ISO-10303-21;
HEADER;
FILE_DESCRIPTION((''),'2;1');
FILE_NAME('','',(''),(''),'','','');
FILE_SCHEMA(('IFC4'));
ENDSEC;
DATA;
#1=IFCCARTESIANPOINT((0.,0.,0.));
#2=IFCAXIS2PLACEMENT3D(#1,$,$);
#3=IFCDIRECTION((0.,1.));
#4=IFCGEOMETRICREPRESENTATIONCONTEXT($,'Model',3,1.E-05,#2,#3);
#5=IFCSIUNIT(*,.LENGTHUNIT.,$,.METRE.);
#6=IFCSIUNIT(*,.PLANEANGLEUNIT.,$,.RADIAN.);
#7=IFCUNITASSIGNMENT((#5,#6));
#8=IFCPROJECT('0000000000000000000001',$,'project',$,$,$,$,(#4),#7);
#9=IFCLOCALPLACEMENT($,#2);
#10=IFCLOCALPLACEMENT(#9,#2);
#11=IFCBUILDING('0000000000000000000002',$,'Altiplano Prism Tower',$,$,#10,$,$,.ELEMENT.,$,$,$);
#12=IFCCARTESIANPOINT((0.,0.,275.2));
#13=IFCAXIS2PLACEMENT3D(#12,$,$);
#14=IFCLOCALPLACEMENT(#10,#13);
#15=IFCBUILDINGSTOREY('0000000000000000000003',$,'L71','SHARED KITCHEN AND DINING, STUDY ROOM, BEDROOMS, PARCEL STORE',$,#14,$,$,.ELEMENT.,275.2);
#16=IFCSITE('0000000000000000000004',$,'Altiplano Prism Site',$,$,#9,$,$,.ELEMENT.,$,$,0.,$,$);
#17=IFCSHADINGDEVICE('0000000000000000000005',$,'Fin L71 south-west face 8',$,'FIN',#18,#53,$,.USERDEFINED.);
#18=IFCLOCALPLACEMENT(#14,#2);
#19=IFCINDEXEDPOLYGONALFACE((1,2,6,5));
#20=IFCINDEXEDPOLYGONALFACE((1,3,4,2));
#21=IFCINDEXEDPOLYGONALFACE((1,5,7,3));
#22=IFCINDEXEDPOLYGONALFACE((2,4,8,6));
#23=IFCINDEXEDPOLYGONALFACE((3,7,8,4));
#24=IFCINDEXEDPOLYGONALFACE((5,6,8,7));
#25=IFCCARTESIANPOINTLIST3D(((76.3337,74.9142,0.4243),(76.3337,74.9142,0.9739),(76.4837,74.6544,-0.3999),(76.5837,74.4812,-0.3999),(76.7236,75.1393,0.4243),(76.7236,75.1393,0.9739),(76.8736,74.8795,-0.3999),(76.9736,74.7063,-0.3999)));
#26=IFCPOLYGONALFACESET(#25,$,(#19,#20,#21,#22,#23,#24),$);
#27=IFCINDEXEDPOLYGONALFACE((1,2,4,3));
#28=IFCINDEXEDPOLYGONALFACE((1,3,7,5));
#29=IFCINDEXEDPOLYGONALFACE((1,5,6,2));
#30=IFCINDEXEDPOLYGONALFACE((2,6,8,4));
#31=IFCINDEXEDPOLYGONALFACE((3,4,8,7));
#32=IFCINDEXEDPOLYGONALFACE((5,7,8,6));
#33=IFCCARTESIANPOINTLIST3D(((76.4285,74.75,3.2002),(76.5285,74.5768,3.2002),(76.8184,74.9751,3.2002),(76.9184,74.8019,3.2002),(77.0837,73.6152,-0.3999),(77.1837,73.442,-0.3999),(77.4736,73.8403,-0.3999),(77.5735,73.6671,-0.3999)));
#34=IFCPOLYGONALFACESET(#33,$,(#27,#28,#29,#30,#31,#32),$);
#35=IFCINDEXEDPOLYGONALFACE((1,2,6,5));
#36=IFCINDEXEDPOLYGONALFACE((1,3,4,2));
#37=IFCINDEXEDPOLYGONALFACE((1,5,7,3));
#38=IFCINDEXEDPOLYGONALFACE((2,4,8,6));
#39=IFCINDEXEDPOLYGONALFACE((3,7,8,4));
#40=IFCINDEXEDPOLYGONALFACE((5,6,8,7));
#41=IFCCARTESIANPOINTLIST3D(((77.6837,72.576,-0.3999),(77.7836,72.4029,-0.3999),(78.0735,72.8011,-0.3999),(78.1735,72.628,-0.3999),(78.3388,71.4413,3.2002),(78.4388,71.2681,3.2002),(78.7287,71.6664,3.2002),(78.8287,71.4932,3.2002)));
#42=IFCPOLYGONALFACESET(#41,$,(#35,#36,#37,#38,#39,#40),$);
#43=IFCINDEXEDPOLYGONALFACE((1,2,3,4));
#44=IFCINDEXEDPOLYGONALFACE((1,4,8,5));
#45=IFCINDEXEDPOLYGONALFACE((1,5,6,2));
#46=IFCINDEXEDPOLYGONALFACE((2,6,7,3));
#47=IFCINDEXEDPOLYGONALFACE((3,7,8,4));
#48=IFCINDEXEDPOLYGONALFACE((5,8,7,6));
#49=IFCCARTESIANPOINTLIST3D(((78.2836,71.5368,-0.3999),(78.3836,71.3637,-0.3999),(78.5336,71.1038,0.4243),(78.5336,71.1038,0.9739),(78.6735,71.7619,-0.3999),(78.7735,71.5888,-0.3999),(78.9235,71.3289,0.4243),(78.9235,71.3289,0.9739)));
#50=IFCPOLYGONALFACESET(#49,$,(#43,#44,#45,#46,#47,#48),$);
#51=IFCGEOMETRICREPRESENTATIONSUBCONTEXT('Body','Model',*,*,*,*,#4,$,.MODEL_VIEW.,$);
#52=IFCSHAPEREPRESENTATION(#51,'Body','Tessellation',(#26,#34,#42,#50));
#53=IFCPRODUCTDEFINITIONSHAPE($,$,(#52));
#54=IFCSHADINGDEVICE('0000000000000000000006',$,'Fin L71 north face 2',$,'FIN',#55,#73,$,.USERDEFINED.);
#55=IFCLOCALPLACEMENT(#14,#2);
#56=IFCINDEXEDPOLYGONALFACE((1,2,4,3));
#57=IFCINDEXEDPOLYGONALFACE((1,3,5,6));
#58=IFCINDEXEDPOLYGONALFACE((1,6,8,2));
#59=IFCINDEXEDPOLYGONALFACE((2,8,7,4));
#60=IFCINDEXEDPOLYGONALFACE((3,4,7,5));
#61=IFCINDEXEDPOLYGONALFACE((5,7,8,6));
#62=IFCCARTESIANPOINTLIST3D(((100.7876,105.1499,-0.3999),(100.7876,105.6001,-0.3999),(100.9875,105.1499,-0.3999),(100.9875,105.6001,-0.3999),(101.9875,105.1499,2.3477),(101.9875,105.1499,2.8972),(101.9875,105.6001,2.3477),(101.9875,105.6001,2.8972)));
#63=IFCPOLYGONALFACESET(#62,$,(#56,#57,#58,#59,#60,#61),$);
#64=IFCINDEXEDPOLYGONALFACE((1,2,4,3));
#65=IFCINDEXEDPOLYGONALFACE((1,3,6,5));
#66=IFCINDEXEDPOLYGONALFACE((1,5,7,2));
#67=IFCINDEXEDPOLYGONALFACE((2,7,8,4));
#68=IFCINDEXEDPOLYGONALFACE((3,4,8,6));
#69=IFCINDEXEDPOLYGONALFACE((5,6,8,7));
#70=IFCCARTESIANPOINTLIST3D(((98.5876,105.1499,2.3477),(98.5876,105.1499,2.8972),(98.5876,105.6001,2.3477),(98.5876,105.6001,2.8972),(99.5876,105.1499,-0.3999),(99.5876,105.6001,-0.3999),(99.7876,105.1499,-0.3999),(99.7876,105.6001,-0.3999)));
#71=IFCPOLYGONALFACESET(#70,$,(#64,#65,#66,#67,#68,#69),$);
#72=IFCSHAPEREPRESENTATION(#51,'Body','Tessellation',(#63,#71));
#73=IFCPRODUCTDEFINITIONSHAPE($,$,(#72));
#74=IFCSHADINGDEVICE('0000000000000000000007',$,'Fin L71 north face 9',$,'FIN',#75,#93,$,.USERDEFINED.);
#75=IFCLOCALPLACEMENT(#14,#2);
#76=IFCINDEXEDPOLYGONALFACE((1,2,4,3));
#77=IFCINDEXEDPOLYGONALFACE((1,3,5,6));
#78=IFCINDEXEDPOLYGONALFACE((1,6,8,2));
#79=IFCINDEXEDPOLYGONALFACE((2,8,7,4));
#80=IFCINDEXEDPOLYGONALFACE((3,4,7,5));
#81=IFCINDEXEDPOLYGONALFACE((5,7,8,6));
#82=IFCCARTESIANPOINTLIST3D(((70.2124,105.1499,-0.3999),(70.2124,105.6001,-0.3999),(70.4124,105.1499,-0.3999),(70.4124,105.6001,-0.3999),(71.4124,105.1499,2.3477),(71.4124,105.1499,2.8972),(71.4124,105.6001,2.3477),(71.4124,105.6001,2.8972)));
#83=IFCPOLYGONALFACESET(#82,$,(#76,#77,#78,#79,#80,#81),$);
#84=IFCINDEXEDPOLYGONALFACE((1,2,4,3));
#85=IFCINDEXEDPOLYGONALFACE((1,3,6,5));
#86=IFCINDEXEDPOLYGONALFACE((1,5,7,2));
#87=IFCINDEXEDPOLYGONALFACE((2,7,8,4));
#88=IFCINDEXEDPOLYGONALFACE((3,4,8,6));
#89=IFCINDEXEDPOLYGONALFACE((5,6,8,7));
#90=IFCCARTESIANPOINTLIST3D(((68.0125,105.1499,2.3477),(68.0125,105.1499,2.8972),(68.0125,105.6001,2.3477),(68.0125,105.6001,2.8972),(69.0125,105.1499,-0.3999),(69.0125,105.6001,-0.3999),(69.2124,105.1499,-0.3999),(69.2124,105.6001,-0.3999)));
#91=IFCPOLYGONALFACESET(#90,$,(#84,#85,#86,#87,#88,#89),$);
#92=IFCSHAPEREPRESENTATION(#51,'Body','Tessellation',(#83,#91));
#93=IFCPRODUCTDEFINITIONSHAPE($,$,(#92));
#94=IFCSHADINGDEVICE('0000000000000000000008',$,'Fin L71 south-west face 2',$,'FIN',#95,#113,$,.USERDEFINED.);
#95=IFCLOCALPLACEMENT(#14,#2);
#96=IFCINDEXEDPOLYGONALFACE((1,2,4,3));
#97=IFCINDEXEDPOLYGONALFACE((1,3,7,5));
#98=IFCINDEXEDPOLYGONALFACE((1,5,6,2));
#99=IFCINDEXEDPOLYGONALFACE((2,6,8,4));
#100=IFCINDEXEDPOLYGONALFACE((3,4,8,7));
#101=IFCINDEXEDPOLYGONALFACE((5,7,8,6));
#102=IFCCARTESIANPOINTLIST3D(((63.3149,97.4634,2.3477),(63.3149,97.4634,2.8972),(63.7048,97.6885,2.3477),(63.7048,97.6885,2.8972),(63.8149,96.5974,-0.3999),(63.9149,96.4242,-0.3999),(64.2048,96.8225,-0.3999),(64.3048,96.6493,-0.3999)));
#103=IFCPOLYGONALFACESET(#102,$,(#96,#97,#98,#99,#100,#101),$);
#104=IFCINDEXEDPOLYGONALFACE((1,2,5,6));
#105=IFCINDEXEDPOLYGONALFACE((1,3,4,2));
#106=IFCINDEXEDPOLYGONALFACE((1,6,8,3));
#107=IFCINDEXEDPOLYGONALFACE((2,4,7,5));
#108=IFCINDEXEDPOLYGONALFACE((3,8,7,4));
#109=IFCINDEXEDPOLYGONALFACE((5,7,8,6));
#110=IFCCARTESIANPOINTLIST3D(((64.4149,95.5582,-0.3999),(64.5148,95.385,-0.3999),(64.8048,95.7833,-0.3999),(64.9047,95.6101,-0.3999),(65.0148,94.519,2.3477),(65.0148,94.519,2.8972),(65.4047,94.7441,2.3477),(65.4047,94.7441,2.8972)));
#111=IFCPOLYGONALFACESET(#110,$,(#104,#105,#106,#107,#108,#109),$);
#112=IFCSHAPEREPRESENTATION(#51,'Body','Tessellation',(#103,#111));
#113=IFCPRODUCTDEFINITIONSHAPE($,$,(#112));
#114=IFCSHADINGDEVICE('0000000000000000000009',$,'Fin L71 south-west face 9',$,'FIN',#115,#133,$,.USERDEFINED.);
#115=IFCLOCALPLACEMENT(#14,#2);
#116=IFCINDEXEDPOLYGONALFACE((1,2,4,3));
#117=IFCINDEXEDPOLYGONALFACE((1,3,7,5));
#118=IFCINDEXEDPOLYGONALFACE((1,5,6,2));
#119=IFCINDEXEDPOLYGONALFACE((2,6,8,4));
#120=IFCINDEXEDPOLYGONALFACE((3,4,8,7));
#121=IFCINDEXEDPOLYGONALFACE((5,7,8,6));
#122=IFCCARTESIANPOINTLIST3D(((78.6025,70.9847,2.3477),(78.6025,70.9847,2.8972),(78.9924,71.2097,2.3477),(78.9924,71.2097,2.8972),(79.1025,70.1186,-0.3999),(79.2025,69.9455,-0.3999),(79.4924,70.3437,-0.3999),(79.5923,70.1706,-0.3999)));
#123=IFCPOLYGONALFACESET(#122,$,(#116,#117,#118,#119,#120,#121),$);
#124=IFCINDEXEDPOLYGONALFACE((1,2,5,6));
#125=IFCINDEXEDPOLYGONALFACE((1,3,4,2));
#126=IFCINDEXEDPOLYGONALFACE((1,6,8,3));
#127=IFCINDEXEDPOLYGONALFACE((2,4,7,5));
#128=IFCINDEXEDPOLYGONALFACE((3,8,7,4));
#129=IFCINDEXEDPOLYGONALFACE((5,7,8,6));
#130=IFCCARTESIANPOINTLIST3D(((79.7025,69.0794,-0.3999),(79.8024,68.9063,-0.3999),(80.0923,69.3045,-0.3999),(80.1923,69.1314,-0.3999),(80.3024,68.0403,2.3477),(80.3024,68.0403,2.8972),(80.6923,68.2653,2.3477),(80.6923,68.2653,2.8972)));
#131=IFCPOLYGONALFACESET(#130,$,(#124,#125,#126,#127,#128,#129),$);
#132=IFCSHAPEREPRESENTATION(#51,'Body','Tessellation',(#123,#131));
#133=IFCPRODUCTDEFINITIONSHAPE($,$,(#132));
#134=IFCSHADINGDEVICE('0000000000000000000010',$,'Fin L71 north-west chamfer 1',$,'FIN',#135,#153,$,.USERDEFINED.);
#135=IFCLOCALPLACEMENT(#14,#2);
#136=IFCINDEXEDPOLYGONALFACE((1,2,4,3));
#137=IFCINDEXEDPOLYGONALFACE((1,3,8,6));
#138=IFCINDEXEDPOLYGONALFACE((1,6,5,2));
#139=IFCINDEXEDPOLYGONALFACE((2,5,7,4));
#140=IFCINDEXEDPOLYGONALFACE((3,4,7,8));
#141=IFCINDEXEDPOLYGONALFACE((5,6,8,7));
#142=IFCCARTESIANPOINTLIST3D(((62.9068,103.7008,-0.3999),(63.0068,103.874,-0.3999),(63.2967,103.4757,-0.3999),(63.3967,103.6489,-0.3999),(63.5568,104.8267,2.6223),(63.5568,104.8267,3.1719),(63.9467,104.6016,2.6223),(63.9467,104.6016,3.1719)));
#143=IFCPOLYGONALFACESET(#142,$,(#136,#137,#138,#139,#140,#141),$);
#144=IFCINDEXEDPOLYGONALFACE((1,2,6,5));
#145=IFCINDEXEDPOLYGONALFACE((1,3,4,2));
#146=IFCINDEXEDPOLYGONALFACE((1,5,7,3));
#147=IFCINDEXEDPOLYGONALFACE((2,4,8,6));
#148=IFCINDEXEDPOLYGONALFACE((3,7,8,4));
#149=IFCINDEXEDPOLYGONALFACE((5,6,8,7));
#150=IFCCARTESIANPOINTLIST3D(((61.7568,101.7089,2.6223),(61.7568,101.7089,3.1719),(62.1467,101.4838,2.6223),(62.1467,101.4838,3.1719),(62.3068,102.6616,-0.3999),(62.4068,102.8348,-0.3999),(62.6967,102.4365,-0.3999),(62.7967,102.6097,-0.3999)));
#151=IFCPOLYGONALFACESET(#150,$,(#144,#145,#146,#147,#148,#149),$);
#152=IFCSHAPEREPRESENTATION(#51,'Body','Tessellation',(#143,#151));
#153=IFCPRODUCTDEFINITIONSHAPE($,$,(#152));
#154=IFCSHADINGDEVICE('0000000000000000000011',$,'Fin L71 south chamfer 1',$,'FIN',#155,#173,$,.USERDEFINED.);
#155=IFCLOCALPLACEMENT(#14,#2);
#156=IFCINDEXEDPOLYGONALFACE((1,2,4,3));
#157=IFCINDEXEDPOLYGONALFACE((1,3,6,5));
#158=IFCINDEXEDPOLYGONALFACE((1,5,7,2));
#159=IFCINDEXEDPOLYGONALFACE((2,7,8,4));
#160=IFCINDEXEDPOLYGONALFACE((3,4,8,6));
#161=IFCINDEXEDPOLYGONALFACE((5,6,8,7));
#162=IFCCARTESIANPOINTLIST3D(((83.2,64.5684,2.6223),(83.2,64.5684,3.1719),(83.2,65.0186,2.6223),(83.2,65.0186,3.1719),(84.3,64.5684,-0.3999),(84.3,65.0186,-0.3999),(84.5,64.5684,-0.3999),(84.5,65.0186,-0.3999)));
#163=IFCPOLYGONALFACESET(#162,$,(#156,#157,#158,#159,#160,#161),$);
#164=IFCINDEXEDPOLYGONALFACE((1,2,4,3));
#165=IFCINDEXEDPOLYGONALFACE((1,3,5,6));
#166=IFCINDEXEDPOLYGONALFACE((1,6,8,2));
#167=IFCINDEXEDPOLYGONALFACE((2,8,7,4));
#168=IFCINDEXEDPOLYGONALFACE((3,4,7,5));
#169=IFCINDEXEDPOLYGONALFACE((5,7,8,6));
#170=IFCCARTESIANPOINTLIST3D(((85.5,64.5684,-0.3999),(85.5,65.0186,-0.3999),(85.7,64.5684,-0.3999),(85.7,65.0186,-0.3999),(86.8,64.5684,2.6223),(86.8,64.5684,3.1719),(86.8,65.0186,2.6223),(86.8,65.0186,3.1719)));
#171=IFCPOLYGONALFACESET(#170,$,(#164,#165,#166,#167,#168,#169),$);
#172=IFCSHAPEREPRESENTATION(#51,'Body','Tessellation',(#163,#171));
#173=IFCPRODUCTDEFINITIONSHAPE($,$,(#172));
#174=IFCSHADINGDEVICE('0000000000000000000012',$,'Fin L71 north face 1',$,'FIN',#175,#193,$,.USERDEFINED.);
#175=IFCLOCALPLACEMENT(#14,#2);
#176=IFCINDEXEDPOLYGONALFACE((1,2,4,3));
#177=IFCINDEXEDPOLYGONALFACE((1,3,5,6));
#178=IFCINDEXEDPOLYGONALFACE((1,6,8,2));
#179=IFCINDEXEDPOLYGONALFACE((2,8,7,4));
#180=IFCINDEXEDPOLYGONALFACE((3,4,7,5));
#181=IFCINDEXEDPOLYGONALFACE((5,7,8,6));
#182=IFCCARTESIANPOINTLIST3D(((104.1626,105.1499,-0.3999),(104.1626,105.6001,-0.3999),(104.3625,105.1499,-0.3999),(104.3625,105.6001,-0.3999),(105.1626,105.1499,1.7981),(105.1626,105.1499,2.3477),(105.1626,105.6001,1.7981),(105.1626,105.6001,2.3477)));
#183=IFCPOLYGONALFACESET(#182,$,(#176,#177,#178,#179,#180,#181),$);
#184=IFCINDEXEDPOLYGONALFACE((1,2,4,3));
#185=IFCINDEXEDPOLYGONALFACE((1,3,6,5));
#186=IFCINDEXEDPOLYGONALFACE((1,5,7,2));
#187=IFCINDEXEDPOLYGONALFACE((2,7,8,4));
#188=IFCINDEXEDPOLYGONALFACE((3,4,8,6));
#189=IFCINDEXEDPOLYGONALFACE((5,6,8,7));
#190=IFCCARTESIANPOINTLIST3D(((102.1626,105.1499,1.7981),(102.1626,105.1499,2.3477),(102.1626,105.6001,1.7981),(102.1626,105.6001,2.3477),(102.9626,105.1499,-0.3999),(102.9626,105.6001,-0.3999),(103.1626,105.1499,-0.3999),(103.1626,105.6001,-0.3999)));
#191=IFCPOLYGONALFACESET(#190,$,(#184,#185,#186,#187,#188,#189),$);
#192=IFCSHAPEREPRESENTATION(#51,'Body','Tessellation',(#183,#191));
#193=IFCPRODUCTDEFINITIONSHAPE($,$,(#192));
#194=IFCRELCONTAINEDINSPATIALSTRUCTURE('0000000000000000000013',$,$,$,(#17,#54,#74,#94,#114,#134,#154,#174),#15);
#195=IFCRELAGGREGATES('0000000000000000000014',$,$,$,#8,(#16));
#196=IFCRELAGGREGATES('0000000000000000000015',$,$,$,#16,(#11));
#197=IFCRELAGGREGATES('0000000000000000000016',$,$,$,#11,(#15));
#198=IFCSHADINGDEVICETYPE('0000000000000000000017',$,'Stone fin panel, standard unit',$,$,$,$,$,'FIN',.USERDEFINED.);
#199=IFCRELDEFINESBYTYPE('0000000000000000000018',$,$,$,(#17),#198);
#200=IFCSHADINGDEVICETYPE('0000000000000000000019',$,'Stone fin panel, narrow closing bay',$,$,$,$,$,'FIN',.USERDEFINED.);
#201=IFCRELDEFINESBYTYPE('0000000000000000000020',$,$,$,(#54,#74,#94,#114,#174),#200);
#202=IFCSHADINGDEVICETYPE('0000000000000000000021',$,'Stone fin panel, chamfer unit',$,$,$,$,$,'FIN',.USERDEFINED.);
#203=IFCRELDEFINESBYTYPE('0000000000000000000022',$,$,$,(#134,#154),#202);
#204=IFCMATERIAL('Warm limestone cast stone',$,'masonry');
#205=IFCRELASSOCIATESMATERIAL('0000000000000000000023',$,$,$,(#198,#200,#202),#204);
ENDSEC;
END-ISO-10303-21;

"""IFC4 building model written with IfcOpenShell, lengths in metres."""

from ifc_helpers import new_model, si_unit, direction, frame, origin, place, context, subcontext, project, spatial, polyline, outline, extrude, source, transform, mapped, material, type_object, element, save


model = new_model("IFC4")

# Units and contexts
model_context = context("Model", 3, precision=1e-05, world=origin(), true_north=direction((0.0, 1.0)))
body_context = subcontext(model_context, "Body", "Model", "MODEL_VIEW")
ifc_project = project(units=[si_unit("LENGTHUNIT", "METRE"), si_unit("PLANEANGLEUNIT", "RADIAN")], contexts=[model_context])

# Site, building, storey
site_placement = place(None, origin())
site = spatial("IfcSite", under=ifc_project, at=site_placement, Name="Altiplano Prism Site", CompositionType="ELEMENT", RefElevation=0.0)
building_placement = place(site_placement, origin())
building = spatial("IfcBuilding", under=site, at=building_placement, Name="Altiplano Prism Tower", CompositionType="ELEMENT")
storey_placement = place(building_placement, frame((0.0, 0.0, 275.2)))
storey = spatial("IfcBuildingStorey", under=building, at=storey_placement, Name="L71", Description="SHARED KITCHEN AND DINING, STUDY ROOM, BEDROOMS, PARCEL STORE", CompositionType="ELEMENT", Elevation=275.2)

# Shading devices
ifc_material_1 = material(Name="Warm limestone cast stone", Category="masonry")
shading_device_type_1 = type_object("IfcShadingDeviceType", Name="Stone fin panel, standard unit", ElementType="FIN", PredefinedType="USERDEFINED", material=ifc_material_1)
shared_shape_1 = source(origin(), body_context, "Body", "SweptSolid", [
    extrude(outline(polyline([(-2.2, 1.3738), (-2.2, 0.8242), (-1.8999, 0.0), (-1.7, 0.0), (-2.2, 1.3738)])), frame((0.0, -0.1499, 0.0), z_axis=(0.0, -1.0, 0.0), x_axis=(1.0, 0.0, 0.0)), (0.0, 0.0, 1.0), 0.4502),
    extrude(outline(polyline([(-2.0103, 3.6001), (-0.7, 0.0), (-0.5, 0.0), (-1.8103, 3.6001), (-2.0103, 3.6001)])), frame((0.0, -0.1499, 0.0), z_axis=(0.0, -1.0, 0.0), x_axis=(1.0, 0.0, 0.0)), (0.0, 0.0, 1.0), 0.4502),
    extrude(outline(polyline([(1.8103, 3.6001), (0.5, 0.0), (0.7, 0.0), (2.0103, 3.6001), (1.8103, 3.6001)])), frame((0.0, -0.1499, 0.0), z_axis=(0.0, -1.0, 0.0), x_axis=(1.0, 0.0, 0.0)), (0.0, 0.0, 1.0), 0.4502),
    extrude(outline(polyline([(2.2, 0.8242), (2.2, 1.3738), (1.7, 0.0), (1.8999, 0.0), (2.2, 0.8242)])), frame((0.0, -0.1499, 0.0), z_axis=(0.0, -1.0, 0.0), x_axis=(1.0, 0.0, 0.0)), (0.0, 0.0, 1.0), 0.4502),
])
shading_device_1_placement = place(storey_placement, origin())
element("IfcShadingDevice", 1, at=shading_device_1_placement, inside=storey, type_object=shading_device_type_1, Name="Fin L71 south-west face 8", ObjectType="FIN", PredefinedType="USERDEFINED", context=body_context, shape_type="MappedRepresentation", body=[
    mapped(shared_shape_1, transform((77.9534, 73.3091, -0.3999), x_axis=(0.5, -0.866025, 0.0), y_axis=(0.866025, 0.5, 0.0), z_axis=(0.0, 0.0, 1.0))),
])
shading_device_type_2 = type_object("IfcShadingDeviceType", Name="Stone fin panel, narrow closing bay", ElementType="FIN", PredefinedType="USERDEFINED", material=ifc_material_1)
shared_shape_2 = source(origin(), body_context, "Body", "SweptSolid", [
    extrude(outline(polyline([(-1.7, 3.2971), (-1.7, 2.7476), (-0.7, 0.0), (-0.5, 0.0), (-1.7, 3.2971)])), frame((0.0, -0.1499, 0.0), z_axis=(0.0, -1.0, 0.0), x_axis=(1.0, 0.0, 0.0)), (0.0, 0.0, 1.0), 0.4502),
    extrude(outline(polyline([(1.7, 2.7476), (1.7, 3.2971), (0.5, 0.0), (0.7, 0.0), (1.7, 2.7476)])), frame((0.0, -0.1499, 0.0), z_axis=(0.0, -1.0, 0.0), x_axis=(1.0, 0.0, 0.0)), (0.0, 0.0, 1.0), 0.4502),
])
shading_device_2_placement = place(storey_placement, origin())
element("IfcShadingDevice", 2, at=shading_device_2_placement, inside=storey, type_object=shading_device_type_2, Name="Fin L71 north face 2", ObjectType="FIN", PredefinedType="USERDEFINED", context=body_context, shape_type="MappedRepresentation", body=[
    mapped(shared_shape_2, transform((100.2876, 105.0, -0.3999), x_axis=(-1.0, 0.0, 0.0), y_axis=(0.0, -1.0, 0.0), z_axis=(0.0, 0.0, 1.0))),
])
shading_device_3_placement = place(storey_placement, origin())
element("IfcShadingDevice", 3, at=shading_device_3_placement, inside=storey, type_object=shading_device_type_2, Name="Fin L71 north face 9", ObjectType="FIN", PredefinedType="USERDEFINED", context=body_context, shape_type="MappedRepresentation", body=[
    mapped(shared_shape_2, transform((69.7124, 105.0, -0.3999), x_axis=(-1.0, 0.0, 0.0), y_axis=(0.0, -1.0, 0.0), z_axis=(0.0, 0.0, 1.0))),
])
shading_device_4_placement = place(storey_placement, origin())
element("IfcShadingDevice", 4, at=shading_device_4_placement, inside=storey, type_object=shading_device_type_2, Name="Fin L71 south-west face 2", ObjectType="FIN", PredefinedType="USERDEFINED", context=body_context, shape_type="MappedRepresentation", body=[
    mapped(shared_shape_2, transform((64.6846, 96.2913, -0.3999), x_axis=(0.5, -0.866025, 0.0), y_axis=(0.866025, 0.5, 0.0), z_axis=(0.0, 0.0, 1.0))),
])
shading_device_5_placement = place(storey_placement, origin())
element("IfcShadingDevice", 5, at=shading_device_5_placement, inside=storey, type_object=shading_device_type_2, Name="Fin L71 south-west face 9", ObjectType="FIN", PredefinedType="USERDEFINED", context=body_context, shape_type="MappedRepresentation", body=[
    mapped(shared_shape_2, transform((79.9722, 69.8125, -0.3999), x_axis=(0.5, -0.866025, 0.0), y_axis=(0.866025, 0.5, 0.0), z_axis=(0.0, 0.0, 1.0))),
])
shading_device_type_3 = type_object("IfcShadingDeviceType", Name="Stone fin panel, chamfer unit", ElementType="FIN", PredefinedType="USERDEFINED", material=ifc_material_1)
shared_shape_3 = source(origin(), body_context, "Body", "SweptSolid", [
    extrude(outline(polyline([(-1.8, 3.5718), (-1.8, 3.0222), (-0.7, 0.0), (-0.5, 0.0), (-1.8, 3.5718)])), frame((0.0, -0.1499, 0.0), z_axis=(0.0, -1.0, 0.0), x_axis=(1.0, 0.0, 0.0)), (0.0, 0.0, 1.0), 0.4502),
    extrude(outline(polyline([(1.8, 3.0222), (1.8, 3.5718), (0.5, 0.0), (0.7, 0.0), (1.8, 3.0222)])), frame((0.0, -0.1499, 0.0), z_axis=(0.0, -1.0, 0.0), x_axis=(1.0, 0.0, 0.0)), (0.0, 0.0, 1.0), 0.4502),
])
shading_device_6_placement = place(storey_placement, origin())
element("IfcShadingDevice", 6, at=shading_device_6_placement, inside=storey, type_object=shading_device_type_3, Name="Fin L71 north-west chamfer 1", ObjectType="FIN", PredefinedType="USERDEFINED", context=body_context, shape_type="MappedRepresentation", body=[
    mapped(shared_shape_3, transform((63.1765, 102.9678, -0.3999), x_axis=(-0.5, -0.866025, 0.0), y_axis=(0.866025, -0.5, 0.0), z_axis=(0.0, 0.0, 1.0))),
])
shading_device_7_placement = place(storey_placement, origin())
element("IfcShadingDevice", 7, at=shading_device_7_placement, inside=storey, type_object=shading_device_type_3, Name="Fin L71 south chamfer 1", ObjectType="FIN", PredefinedType="USERDEFINED", context=body_context, shape_type="MappedRepresentation", body=[
    mapped(shared_shape_3, transform((85.0, 65.1685, -0.3999), x_axis=(1.0, 0.0, 0.0), y_axis=(0.0, 1.0, 0.0), z_axis=(0.0, 0.0, 1.0))),
])
shared_shape_4 = source(origin(), body_context, "Body", "SweptSolid", [
    extrude(outline(polyline([(-1.5, 2.7476), (-1.5, 2.198), (-0.7, 0.0), (-0.5, 0.0), (-1.5, 2.7476)])), frame((0.0, -0.1499, 0.0), z_axis=(0.0, -1.0, 0.0), x_axis=(1.0, 0.0, 0.0)), (0.0, 0.0, 1.0), 0.4502),
    extrude(outline(polyline([(1.5, 2.198), (1.5, 2.7476), (0.5, 0.0), (0.7, 0.0), (1.5, 2.198)])), frame((0.0, -0.1499, 0.0), z_axis=(0.0, -1.0, 0.0), x_axis=(1.0, 0.0, 0.0)), (0.0, 0.0, 1.0), 0.4502),
])
shading_device_8_placement = place(storey_placement, origin())
element("IfcShadingDevice", 8, at=shading_device_8_placement, inside=storey, type_object=shading_device_type_2, Name="Fin L71 north face 1", ObjectType="FIN", PredefinedType="USERDEFINED", context=body_context, shape_type="MappedRepresentation", body=[
    mapped(shared_shape_4, transform((103.6626, 105.0, -0.3999), x_axis=(-1.0, 0.0, 0.0), y_axis=(0.0, -1.0, 0.0), z_axis=(0.0, 0.0, 1.0))),
])

save(model, "model.ifc")
